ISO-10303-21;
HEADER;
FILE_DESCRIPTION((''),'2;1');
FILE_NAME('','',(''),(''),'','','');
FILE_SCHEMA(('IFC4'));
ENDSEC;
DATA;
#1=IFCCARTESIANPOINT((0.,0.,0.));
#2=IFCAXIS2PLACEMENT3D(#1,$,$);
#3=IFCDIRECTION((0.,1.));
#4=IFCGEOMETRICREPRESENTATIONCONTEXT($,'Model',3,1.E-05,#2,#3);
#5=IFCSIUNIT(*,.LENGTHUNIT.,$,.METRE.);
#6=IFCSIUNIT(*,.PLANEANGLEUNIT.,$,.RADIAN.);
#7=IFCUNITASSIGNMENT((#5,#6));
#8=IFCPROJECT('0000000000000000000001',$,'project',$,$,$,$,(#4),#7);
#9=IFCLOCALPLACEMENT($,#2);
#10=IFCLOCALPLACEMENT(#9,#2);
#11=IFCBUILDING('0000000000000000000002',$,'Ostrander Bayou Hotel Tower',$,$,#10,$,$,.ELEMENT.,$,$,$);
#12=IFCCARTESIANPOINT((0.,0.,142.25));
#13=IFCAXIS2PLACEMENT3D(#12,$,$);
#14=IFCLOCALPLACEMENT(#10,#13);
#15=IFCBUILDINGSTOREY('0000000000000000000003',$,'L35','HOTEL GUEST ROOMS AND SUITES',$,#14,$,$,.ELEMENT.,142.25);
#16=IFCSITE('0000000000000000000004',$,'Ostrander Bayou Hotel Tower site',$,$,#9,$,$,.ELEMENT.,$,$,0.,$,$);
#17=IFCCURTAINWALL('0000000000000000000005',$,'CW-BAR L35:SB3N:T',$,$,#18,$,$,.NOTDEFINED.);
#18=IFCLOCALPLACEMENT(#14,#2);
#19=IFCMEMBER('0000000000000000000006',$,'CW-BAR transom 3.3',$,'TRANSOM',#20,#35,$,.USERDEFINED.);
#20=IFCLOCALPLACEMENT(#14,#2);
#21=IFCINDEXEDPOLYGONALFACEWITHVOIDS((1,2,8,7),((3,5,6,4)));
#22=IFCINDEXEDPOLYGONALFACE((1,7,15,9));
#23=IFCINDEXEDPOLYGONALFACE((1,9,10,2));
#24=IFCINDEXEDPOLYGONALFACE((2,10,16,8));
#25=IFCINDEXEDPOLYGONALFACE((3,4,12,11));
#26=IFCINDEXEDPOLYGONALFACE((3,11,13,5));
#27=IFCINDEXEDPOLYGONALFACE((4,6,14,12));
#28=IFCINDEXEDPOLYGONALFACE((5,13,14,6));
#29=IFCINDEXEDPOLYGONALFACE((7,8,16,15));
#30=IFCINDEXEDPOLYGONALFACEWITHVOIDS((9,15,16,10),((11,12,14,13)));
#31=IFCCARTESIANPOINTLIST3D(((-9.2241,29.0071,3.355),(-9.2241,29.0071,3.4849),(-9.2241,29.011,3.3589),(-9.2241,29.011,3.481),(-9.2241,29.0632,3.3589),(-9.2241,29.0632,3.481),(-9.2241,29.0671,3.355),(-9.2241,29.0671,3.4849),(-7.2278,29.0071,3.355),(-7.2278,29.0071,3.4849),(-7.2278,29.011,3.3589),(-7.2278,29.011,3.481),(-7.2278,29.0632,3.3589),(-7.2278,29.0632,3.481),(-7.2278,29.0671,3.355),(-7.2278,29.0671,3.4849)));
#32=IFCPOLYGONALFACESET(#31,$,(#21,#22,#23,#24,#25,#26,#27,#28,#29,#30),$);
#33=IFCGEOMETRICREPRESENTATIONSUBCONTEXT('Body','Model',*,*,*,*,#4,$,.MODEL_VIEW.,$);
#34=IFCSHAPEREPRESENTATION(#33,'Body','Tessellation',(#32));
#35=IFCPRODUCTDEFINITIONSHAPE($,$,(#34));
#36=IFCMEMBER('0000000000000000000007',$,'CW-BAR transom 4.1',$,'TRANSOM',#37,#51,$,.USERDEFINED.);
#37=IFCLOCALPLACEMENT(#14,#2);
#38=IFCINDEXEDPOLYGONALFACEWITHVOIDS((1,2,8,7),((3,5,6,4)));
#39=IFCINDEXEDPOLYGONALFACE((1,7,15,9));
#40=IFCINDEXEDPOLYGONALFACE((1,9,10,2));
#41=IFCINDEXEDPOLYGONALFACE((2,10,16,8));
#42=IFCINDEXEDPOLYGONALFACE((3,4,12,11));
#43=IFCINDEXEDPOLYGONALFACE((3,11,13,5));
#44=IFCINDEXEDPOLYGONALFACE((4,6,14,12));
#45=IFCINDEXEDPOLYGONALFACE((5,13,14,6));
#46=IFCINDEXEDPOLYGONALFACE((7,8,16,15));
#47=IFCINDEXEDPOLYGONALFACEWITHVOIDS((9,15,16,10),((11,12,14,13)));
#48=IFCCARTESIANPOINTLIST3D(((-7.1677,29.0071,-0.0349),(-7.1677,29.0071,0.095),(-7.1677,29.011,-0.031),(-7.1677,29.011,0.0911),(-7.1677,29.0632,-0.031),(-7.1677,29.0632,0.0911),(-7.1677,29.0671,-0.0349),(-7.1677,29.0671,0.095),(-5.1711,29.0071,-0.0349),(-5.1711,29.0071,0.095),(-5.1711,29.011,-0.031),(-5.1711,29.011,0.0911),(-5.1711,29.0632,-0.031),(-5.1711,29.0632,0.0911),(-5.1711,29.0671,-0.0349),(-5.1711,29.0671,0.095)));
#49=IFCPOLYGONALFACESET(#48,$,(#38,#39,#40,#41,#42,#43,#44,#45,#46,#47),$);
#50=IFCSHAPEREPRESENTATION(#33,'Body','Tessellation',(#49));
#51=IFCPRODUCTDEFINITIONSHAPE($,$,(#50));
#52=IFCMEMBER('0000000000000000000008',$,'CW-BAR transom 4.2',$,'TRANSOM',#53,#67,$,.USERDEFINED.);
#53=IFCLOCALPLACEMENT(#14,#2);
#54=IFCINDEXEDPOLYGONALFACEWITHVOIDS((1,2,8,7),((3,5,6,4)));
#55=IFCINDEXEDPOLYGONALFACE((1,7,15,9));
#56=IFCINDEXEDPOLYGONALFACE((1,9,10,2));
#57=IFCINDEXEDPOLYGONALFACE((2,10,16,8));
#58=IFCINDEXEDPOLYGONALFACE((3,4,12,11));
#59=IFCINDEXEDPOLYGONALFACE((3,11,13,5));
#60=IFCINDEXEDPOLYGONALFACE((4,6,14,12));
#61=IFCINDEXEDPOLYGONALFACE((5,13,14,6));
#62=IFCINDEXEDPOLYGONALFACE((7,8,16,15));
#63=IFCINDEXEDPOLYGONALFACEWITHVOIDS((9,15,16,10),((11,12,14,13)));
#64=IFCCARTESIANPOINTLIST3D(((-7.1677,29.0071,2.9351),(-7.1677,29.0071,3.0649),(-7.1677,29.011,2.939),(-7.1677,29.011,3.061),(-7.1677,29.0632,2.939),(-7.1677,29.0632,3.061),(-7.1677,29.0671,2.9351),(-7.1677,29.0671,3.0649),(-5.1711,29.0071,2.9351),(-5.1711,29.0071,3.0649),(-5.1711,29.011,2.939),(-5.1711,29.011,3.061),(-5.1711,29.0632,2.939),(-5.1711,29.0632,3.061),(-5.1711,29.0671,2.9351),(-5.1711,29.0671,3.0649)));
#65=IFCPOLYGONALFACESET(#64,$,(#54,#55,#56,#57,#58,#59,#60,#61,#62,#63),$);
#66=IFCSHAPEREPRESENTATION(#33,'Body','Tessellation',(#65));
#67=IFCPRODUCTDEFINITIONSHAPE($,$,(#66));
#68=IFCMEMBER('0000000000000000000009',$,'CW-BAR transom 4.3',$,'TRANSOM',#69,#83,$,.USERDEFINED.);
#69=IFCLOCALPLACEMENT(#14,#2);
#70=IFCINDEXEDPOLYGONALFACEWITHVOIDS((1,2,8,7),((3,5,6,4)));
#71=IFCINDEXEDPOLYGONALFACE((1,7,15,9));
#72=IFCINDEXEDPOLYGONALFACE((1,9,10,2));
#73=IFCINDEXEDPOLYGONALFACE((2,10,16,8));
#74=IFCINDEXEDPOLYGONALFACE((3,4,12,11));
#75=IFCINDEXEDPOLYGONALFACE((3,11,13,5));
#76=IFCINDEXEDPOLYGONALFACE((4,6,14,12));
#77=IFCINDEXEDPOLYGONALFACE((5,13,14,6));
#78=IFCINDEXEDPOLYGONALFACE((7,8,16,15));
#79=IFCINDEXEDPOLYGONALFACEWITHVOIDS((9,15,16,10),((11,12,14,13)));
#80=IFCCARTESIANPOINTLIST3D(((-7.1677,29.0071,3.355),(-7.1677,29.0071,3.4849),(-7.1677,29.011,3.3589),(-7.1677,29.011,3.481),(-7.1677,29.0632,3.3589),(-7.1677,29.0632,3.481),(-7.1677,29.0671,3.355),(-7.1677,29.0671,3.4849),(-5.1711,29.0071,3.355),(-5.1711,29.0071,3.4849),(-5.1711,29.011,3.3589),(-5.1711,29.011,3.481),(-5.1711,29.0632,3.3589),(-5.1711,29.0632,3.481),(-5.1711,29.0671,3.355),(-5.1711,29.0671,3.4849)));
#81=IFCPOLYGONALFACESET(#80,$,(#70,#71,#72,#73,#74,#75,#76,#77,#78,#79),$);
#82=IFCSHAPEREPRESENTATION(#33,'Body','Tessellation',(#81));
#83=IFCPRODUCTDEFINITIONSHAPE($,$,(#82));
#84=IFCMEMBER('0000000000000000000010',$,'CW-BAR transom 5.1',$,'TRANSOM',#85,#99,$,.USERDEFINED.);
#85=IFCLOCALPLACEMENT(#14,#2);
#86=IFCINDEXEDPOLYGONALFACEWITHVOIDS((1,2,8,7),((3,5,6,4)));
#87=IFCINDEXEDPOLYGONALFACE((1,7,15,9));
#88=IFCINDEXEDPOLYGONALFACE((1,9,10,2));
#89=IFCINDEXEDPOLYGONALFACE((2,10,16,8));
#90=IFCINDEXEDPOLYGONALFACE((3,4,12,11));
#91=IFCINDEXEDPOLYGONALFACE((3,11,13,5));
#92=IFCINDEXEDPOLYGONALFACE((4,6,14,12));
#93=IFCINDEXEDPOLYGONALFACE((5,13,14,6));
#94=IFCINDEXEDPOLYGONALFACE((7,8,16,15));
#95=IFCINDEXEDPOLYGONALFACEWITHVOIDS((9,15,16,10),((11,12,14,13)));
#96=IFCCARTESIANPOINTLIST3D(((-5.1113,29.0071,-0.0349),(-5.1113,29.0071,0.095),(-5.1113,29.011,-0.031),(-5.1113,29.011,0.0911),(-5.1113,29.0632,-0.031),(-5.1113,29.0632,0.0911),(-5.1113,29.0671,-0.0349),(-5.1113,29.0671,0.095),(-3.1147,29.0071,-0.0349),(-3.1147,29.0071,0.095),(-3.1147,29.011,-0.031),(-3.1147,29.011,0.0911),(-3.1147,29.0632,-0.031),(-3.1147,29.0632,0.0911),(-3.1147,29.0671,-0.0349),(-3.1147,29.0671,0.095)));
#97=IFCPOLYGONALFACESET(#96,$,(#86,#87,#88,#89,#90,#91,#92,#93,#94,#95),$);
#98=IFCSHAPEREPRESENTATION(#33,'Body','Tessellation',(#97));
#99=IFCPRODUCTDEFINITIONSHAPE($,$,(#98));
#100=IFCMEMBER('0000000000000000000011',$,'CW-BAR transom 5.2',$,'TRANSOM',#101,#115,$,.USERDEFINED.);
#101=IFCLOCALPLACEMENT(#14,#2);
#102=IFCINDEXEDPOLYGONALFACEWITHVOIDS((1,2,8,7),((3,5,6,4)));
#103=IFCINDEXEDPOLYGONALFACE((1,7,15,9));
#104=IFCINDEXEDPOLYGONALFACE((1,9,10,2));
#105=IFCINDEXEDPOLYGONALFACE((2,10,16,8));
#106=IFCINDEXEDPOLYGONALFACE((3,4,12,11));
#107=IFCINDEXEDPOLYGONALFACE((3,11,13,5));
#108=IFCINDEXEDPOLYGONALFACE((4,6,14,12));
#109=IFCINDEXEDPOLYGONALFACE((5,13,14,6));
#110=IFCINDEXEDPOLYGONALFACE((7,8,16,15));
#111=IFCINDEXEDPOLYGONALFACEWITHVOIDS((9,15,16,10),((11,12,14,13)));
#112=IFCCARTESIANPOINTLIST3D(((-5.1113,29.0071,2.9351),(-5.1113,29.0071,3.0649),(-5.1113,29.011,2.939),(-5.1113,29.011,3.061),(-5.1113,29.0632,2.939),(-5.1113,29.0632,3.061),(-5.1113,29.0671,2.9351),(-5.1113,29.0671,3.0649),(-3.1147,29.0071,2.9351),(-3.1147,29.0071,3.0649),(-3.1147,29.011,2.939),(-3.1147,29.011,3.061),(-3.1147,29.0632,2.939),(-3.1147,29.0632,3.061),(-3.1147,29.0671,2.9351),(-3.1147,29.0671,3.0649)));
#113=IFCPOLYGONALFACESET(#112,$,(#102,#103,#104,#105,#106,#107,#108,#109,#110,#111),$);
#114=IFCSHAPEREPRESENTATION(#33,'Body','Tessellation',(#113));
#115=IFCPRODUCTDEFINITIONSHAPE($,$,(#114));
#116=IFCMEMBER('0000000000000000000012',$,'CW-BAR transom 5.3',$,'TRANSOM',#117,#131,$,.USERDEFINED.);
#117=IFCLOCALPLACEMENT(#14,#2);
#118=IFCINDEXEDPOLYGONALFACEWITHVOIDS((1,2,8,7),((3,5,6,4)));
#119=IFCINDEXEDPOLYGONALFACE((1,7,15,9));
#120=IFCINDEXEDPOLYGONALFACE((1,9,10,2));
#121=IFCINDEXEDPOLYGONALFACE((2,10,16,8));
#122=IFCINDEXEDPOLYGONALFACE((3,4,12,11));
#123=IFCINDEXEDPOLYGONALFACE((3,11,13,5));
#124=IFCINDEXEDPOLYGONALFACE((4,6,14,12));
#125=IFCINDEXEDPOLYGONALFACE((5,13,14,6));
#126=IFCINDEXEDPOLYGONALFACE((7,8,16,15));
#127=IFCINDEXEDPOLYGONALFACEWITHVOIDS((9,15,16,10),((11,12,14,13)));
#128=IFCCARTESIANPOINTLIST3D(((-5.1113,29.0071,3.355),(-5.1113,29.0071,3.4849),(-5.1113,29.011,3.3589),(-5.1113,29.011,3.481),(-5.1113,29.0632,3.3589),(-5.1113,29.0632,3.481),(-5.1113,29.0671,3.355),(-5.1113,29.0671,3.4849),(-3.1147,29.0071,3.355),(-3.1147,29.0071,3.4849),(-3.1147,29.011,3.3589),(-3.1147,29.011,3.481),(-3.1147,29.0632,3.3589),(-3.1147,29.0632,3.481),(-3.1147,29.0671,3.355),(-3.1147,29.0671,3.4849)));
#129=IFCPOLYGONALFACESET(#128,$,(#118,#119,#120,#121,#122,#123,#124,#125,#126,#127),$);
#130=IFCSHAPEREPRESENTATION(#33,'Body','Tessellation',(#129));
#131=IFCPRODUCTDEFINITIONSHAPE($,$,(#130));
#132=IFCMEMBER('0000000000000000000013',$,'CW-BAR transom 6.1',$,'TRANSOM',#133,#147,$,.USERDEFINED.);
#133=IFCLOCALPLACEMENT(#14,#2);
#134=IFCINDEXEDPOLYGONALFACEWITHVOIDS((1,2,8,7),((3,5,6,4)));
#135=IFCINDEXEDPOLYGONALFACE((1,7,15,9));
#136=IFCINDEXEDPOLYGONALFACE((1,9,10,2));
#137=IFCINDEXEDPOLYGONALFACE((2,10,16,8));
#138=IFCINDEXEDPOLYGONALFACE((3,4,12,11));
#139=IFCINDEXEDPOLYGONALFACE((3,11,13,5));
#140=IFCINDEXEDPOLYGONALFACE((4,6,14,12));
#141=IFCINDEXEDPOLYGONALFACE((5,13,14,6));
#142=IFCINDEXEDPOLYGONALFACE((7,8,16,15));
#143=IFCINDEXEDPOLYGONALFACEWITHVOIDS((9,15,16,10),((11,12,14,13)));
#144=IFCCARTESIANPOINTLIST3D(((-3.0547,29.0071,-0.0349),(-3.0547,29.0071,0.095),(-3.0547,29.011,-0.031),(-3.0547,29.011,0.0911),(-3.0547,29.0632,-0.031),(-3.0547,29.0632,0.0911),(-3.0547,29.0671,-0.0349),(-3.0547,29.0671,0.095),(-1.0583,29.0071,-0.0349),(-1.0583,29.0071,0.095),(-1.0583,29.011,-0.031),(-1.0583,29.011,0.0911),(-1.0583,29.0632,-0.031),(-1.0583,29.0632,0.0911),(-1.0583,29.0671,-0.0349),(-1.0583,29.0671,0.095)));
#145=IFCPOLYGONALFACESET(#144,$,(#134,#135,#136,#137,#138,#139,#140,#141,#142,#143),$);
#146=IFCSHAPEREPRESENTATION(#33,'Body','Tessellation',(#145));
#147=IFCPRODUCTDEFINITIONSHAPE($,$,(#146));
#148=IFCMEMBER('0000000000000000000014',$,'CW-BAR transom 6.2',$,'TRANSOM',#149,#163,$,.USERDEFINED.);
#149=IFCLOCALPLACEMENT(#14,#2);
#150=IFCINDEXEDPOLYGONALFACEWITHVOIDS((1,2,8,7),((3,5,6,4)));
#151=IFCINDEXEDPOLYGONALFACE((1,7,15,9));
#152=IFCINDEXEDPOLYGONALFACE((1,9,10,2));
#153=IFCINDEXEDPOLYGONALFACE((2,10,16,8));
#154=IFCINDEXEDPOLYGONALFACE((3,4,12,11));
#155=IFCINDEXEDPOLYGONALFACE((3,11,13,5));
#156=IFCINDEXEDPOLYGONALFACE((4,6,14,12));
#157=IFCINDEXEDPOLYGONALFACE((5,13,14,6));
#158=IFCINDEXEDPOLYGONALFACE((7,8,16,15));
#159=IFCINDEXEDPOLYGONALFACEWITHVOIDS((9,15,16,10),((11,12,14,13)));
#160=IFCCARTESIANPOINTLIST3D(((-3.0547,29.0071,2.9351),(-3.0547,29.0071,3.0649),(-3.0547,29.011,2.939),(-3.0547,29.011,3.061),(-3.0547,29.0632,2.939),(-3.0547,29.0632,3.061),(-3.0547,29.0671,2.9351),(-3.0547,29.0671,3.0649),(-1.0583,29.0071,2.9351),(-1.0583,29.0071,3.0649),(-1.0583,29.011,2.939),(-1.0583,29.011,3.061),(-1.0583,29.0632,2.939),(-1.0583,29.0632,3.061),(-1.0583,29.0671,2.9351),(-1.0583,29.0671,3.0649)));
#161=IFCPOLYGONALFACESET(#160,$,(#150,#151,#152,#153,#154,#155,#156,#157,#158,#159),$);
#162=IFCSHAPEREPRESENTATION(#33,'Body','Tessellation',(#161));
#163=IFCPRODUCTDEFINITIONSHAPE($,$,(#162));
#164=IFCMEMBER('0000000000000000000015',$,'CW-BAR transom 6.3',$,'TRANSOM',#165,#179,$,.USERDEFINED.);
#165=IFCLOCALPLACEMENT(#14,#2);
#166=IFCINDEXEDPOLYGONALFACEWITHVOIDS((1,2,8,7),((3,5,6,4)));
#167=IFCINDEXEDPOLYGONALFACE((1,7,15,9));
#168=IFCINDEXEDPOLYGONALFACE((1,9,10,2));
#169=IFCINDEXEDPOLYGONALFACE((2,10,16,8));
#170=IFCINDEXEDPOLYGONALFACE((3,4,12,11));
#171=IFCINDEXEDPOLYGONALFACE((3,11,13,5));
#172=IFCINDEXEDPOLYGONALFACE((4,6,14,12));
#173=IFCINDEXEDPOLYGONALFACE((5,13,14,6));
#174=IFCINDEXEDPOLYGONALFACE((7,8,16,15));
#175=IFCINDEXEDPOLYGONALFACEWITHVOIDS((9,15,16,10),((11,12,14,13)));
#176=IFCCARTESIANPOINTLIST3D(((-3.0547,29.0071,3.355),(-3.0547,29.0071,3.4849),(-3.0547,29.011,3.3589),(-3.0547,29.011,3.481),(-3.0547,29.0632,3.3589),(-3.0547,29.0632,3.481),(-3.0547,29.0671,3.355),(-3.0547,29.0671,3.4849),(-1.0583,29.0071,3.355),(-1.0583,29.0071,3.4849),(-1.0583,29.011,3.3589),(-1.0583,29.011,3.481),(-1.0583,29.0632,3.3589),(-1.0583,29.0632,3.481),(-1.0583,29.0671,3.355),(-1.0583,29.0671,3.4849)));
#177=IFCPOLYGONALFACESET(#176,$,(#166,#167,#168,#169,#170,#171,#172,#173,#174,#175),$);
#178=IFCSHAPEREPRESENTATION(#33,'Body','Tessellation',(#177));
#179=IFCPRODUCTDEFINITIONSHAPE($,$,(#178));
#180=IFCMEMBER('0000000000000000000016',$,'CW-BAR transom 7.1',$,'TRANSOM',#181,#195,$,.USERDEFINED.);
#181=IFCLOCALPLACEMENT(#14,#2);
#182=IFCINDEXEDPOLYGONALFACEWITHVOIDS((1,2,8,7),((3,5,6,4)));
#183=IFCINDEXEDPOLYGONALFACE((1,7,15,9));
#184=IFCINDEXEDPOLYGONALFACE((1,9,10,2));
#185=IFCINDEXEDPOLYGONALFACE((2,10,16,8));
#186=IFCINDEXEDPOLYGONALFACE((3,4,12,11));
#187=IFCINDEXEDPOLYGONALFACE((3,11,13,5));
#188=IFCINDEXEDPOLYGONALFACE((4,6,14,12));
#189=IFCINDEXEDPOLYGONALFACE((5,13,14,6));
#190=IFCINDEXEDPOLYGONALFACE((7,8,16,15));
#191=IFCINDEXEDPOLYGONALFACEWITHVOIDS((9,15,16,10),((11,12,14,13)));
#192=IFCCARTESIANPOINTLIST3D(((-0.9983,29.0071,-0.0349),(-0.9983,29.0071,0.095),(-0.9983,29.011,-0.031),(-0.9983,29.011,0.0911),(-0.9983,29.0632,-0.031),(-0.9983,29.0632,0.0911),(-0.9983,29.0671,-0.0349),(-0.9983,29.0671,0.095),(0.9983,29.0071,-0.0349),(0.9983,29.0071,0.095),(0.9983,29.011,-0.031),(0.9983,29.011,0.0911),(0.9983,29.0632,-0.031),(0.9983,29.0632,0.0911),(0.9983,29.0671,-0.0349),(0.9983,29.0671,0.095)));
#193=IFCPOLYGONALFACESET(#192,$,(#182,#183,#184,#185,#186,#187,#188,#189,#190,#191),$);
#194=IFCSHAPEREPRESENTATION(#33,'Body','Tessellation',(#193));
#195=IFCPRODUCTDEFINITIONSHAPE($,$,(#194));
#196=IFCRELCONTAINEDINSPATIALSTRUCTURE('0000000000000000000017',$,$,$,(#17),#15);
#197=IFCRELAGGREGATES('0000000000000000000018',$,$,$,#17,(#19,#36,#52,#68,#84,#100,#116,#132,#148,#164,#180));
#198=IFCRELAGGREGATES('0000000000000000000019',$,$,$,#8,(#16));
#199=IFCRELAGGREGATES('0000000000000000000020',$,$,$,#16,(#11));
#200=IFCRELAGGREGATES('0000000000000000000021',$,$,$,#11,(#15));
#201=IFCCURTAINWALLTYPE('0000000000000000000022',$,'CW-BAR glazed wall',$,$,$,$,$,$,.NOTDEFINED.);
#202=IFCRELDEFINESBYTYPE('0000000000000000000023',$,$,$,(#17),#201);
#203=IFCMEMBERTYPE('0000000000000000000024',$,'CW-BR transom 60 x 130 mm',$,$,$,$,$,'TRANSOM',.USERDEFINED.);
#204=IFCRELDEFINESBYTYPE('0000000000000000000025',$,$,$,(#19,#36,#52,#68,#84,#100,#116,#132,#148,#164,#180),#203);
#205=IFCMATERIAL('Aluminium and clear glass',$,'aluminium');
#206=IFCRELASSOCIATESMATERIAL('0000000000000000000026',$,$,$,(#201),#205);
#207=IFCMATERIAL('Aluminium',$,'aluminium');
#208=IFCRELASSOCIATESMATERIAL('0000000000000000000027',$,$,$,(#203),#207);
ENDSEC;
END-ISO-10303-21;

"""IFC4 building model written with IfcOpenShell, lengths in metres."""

from ifc_helpers import new_model, si_unit, direction, frame, origin, origin_2d, place, context, subcontext, project, spatial, hollow_rectangle, extrude, material, material_profile, profile_set, type_object, element, aggregate, save


model = new_model("IFC4")

# Units and contexts
model_context = context("Model", 3, precision=1e-05, world=origin(), true_north=direction((0.0, 1.0)))
body_context = subcontext(model_context, "Body", "Model", "MODEL_VIEW")
ifc_project = project(units=[si_unit("LENGTHUNIT", "METRE"), si_unit("PLANEANGLEUNIT", "RADIAN")], contexts=[model_context])

# Site, building, storey
site_placement = place(None, origin())
site = spatial("IfcSite", under=ifc_project, at=site_placement, Name="Ostrander Bayou Hotel Tower site", CompositionType="ELEMENT", RefElevation=0.0)
building_placement = place(site_placement, origin())
building = spatial("IfcBuilding", under=site, at=building_placement, Name="Ostrander Bayou Hotel Tower", CompositionType="ELEMENT")
storey_placement = place(building_placement, frame((0.0, 0.0, 142.25)))
storey = spatial("IfcBuildingStorey", under=building, at=storey_placement, Name="L35", Description="HOTEL GUEST ROOMS AND SUITES", CompositionType="ELEMENT", Elevation=142.25)

# Curtain wall, members
ifc_material_1 = material(Name="Aluminium and clear glass", Category="aluminium")
curtain_wall_type = type_object("IfcCurtainWallType", Name="CW-BAR glazed wall", PredefinedType="NOTDEFINED", material=ifc_material_1)
curtain_wall_placement = place(storey_placement, origin())
curtain_wall = element("IfcCurtainWall", 1, at=curtain_wall_placement, inside=storey, type_object=curtain_wall_type, Name="CW-BAR L35:SB3N:T", PredefinedType="NOTDEFINED")
ifc_material_2 = material(Name="Aluminium", Category="aluminium")
ifc_material_profile_1 = material_profile(ifc_material_2, hollow_rectangle(XDim=0.0601, YDim=0.1299, WallThickness=0.0039, at=origin_2d()))
ifc_profile_set_1 = profile_set([ifc_material_profile_1], Name="Aluminium")
member_type_1 = type_object("IfcMemberType", Name="CW-BR transom 60 x 130 mm", ElementType="TRANSOM", PredefinedType="USERDEFINED", material=ifc_profile_set_1)
member_1_placement = place(storey_placement, frame((-9.2241, 29.0371, 3.4199), z_axis=(1.0, 0.0, 0.0), x_axis=(0.0, 1.0, 0.0)))
member_1 = element("IfcMember", 2, at=member_1_placement, type_object=member_type_1, Name="CW-BAR transom 3.3", ObjectType="TRANSOM", PredefinedType="USERDEFINED", context=body_context, shape_type="SweptSolid", body=[
    extrude(hollow_rectangle(XDim=0.0601, YDim=0.1299, WallThickness=0.0039, at=origin_2d()), origin(), (0.0, 0.0, 1.0), 1.9963),
])
member_2_placement = place(storey_placement, frame((-7.1677, 29.0371, 0.03), z_axis=(1.0, 0.0, 0.0), x_axis=(0.0, 1.0, 0.0)))
member_2 = element("IfcMember", 3, at=member_2_placement, type_object=member_type_1, Name="CW-BAR transom 4.1", ObjectType="TRANSOM", PredefinedType="USERDEFINED", context=body_context, shape_type="SweptSolid", body=[
    extrude(hollow_rectangle(XDim=0.0601, YDim=0.1299, WallThickness=0.0039, at=origin_2d()), origin(), (0.0, 0.0, 1.0), 1.9966),
])
member_3_placement = place(storey_placement, frame((-7.1677, 29.0371, 3.0), z_axis=(1.0, 0.0, 0.0), x_axis=(0.0, 1.0, 0.0)))
member_3 = element("IfcMember", 4, at=member_3_placement, type_object=member_type_1, Name="CW-BAR transom 4.2", ObjectType="TRANSOM", PredefinedType="USERDEFINED", context=body_context, shape_type="SweptSolid", body=[
    extrude(hollow_rectangle(XDim=0.0601, YDim=0.1299, WallThickness=0.0039, at=origin_2d()), origin(), (0.0, 0.0, 1.0), 1.9966),
])
member_4_placement = place(storey_placement, frame((-7.1677, 29.0371, 3.4199), z_axis=(1.0, 0.0, 0.0), x_axis=(0.0, 1.0, 0.0)))
member_4 = element("IfcMember", 5, at=member_4_placement, type_object=member_type_1, Name="CW-BAR transom 4.3", ObjectType="TRANSOM", PredefinedType="USERDEFINED", context=body_context, shape_type="SweptSolid", body=[
    extrude(hollow_rectangle(XDim=0.0601, YDim=0.1299, WallThickness=0.0039, at=origin_2d()), origin(), (0.0, 0.0, 1.0), 1.9966),
])
member_5_placement = place(storey_placement, frame((-5.1113, 29.0371, 0.03), z_axis=(1.0, 0.0, 0.0), x_axis=(0.0, 1.0, 0.0)))
member_5 = element("IfcMember", 6, at=member_5_placement, type_object=member_type_1, Name="CW-BAR transom 5.1", ObjectType="TRANSOM", PredefinedType="USERDEFINED", context=body_context, shape_type="SweptSolid", body=[
    extrude(hollow_rectangle(XDim=0.0601, YDim=0.1299, WallThickness=0.0039, at=origin_2d()), origin(), (0.0, 0.0, 1.0), 1.9966),
])
member_6_placement = place(storey_placement, frame((-5.1113, 29.0371, 3.0), z_axis=(1.0, 0.0, 0.0), x_axis=(0.0, 1.0, 0.0)))
member_6 = element("IfcMember", 7, at=member_6_placement, type_object=member_type_1, Name="CW-BAR transom 5.2", ObjectType="TRANSOM", PredefinedType="USERDEFINED", context=body_context, shape_type="SweptSolid", body=[
    extrude(hollow_rectangle(XDim=0.0601, YDim=0.1299, WallThickness=0.0039, at=origin_2d()), origin(), (0.0, 0.0, 1.0), 1.9966),
])
member_7_placement = place(storey_placement, frame((-5.1113, 29.0371, 3.4199), z_axis=(1.0, 0.0, 0.0), x_axis=(0.0, 1.0, 0.0)))
member_7 = element("IfcMember", 8, at=member_7_placement, type_object=member_type_1, Name="CW-BAR transom 5.3", ObjectType="TRANSOM", PredefinedType="USERDEFINED", context=body_context, shape_type="SweptSolid", body=[
    extrude(hollow_rectangle(XDim=0.0601, YDim=0.1299, WallThickness=0.0039, at=origin_2d()), origin(), (0.0, 0.0, 1.0), 1.9966),
])
member_8_placement = place(storey_placement, frame((-3.0547, 29.0371, 0.03), z_axis=(1.0, 0.0, 0.0), x_axis=(0.0, 1.0, 0.0)))
member_8 = element("IfcMember", 9, at=member_8_placement, type_object=member_type_1, Name="CW-BAR transom 6.1", ObjectType="TRANSOM", PredefinedType="USERDEFINED", context=body_context, shape_type="SweptSolid", body=[
    extrude(hollow_rectangle(XDim=0.0601, YDim=0.1299, WallThickness=0.0039, at=origin_2d()), origin(), (0.0, 0.0, 1.0), 1.9963),
])
member_9_placement = place(storey_placement, frame((-3.0547, 29.0371, 3.0), z_axis=(1.0, 0.0, 0.0), x_axis=(0.0, 1.0, 0.0)))
member_9 = element("IfcMember", 10, at=member_9_placement, type_object=member_type_1, Name="CW-BAR transom 6.2", ObjectType="TRANSOM", PredefinedType="USERDEFINED", context=body_context, shape_type="SweptSolid", body=[
    extrude(hollow_rectangle(XDim=0.0601, YDim=0.1299, WallThickness=0.0039, at=origin_2d()), origin(), (0.0, 0.0, 1.0), 1.9963),
])
member_10_placement = place(storey_placement, frame((-3.0547, 29.0371, 3.4199), z_axis=(1.0, 0.0, 0.0), x_axis=(0.0, 1.0, 0.0)))
member_10 = element("IfcMember", 11, at=member_10_placement, type_object=member_type_1, Name="CW-BAR transom 6.3", ObjectType="TRANSOM", PredefinedType="USERDEFINED", context=body_context, shape_type="SweptSolid", body=[
    extrude(hollow_rectangle(XDim=0.0601, YDim=0.1299, WallThickness=0.0039, at=origin_2d()), origin(), (0.0, 0.0, 1.0), 1.9963),
])
member_11_placement = place(storey_placement, frame((-0.9983, 29.0371, 0.03), z_axis=(1.0, 0.0, 0.0), x_axis=(0.0, 1.0, 0.0)))
member_11 = element("IfcMember", 12, at=member_11_placement, type_object=member_type_1, Name="CW-BAR transom 7.1", ObjectType="TRANSOM", PredefinedType="USERDEFINED", context=body_context, shape_type="SweptSolid", body=[
    extrude(hollow_rectangle(XDim=0.0601, YDim=0.1299, WallThickness=0.0039, at=origin_2d()), origin(), (0.0, 0.0, 1.0), 1.9966),
])
aggregate(curtain_wall, [member_1, member_2, member_3, member_4, member_5, member_6, member_7, member_8, member_9, member_10, member_11])

save(model, "model.ifc")
